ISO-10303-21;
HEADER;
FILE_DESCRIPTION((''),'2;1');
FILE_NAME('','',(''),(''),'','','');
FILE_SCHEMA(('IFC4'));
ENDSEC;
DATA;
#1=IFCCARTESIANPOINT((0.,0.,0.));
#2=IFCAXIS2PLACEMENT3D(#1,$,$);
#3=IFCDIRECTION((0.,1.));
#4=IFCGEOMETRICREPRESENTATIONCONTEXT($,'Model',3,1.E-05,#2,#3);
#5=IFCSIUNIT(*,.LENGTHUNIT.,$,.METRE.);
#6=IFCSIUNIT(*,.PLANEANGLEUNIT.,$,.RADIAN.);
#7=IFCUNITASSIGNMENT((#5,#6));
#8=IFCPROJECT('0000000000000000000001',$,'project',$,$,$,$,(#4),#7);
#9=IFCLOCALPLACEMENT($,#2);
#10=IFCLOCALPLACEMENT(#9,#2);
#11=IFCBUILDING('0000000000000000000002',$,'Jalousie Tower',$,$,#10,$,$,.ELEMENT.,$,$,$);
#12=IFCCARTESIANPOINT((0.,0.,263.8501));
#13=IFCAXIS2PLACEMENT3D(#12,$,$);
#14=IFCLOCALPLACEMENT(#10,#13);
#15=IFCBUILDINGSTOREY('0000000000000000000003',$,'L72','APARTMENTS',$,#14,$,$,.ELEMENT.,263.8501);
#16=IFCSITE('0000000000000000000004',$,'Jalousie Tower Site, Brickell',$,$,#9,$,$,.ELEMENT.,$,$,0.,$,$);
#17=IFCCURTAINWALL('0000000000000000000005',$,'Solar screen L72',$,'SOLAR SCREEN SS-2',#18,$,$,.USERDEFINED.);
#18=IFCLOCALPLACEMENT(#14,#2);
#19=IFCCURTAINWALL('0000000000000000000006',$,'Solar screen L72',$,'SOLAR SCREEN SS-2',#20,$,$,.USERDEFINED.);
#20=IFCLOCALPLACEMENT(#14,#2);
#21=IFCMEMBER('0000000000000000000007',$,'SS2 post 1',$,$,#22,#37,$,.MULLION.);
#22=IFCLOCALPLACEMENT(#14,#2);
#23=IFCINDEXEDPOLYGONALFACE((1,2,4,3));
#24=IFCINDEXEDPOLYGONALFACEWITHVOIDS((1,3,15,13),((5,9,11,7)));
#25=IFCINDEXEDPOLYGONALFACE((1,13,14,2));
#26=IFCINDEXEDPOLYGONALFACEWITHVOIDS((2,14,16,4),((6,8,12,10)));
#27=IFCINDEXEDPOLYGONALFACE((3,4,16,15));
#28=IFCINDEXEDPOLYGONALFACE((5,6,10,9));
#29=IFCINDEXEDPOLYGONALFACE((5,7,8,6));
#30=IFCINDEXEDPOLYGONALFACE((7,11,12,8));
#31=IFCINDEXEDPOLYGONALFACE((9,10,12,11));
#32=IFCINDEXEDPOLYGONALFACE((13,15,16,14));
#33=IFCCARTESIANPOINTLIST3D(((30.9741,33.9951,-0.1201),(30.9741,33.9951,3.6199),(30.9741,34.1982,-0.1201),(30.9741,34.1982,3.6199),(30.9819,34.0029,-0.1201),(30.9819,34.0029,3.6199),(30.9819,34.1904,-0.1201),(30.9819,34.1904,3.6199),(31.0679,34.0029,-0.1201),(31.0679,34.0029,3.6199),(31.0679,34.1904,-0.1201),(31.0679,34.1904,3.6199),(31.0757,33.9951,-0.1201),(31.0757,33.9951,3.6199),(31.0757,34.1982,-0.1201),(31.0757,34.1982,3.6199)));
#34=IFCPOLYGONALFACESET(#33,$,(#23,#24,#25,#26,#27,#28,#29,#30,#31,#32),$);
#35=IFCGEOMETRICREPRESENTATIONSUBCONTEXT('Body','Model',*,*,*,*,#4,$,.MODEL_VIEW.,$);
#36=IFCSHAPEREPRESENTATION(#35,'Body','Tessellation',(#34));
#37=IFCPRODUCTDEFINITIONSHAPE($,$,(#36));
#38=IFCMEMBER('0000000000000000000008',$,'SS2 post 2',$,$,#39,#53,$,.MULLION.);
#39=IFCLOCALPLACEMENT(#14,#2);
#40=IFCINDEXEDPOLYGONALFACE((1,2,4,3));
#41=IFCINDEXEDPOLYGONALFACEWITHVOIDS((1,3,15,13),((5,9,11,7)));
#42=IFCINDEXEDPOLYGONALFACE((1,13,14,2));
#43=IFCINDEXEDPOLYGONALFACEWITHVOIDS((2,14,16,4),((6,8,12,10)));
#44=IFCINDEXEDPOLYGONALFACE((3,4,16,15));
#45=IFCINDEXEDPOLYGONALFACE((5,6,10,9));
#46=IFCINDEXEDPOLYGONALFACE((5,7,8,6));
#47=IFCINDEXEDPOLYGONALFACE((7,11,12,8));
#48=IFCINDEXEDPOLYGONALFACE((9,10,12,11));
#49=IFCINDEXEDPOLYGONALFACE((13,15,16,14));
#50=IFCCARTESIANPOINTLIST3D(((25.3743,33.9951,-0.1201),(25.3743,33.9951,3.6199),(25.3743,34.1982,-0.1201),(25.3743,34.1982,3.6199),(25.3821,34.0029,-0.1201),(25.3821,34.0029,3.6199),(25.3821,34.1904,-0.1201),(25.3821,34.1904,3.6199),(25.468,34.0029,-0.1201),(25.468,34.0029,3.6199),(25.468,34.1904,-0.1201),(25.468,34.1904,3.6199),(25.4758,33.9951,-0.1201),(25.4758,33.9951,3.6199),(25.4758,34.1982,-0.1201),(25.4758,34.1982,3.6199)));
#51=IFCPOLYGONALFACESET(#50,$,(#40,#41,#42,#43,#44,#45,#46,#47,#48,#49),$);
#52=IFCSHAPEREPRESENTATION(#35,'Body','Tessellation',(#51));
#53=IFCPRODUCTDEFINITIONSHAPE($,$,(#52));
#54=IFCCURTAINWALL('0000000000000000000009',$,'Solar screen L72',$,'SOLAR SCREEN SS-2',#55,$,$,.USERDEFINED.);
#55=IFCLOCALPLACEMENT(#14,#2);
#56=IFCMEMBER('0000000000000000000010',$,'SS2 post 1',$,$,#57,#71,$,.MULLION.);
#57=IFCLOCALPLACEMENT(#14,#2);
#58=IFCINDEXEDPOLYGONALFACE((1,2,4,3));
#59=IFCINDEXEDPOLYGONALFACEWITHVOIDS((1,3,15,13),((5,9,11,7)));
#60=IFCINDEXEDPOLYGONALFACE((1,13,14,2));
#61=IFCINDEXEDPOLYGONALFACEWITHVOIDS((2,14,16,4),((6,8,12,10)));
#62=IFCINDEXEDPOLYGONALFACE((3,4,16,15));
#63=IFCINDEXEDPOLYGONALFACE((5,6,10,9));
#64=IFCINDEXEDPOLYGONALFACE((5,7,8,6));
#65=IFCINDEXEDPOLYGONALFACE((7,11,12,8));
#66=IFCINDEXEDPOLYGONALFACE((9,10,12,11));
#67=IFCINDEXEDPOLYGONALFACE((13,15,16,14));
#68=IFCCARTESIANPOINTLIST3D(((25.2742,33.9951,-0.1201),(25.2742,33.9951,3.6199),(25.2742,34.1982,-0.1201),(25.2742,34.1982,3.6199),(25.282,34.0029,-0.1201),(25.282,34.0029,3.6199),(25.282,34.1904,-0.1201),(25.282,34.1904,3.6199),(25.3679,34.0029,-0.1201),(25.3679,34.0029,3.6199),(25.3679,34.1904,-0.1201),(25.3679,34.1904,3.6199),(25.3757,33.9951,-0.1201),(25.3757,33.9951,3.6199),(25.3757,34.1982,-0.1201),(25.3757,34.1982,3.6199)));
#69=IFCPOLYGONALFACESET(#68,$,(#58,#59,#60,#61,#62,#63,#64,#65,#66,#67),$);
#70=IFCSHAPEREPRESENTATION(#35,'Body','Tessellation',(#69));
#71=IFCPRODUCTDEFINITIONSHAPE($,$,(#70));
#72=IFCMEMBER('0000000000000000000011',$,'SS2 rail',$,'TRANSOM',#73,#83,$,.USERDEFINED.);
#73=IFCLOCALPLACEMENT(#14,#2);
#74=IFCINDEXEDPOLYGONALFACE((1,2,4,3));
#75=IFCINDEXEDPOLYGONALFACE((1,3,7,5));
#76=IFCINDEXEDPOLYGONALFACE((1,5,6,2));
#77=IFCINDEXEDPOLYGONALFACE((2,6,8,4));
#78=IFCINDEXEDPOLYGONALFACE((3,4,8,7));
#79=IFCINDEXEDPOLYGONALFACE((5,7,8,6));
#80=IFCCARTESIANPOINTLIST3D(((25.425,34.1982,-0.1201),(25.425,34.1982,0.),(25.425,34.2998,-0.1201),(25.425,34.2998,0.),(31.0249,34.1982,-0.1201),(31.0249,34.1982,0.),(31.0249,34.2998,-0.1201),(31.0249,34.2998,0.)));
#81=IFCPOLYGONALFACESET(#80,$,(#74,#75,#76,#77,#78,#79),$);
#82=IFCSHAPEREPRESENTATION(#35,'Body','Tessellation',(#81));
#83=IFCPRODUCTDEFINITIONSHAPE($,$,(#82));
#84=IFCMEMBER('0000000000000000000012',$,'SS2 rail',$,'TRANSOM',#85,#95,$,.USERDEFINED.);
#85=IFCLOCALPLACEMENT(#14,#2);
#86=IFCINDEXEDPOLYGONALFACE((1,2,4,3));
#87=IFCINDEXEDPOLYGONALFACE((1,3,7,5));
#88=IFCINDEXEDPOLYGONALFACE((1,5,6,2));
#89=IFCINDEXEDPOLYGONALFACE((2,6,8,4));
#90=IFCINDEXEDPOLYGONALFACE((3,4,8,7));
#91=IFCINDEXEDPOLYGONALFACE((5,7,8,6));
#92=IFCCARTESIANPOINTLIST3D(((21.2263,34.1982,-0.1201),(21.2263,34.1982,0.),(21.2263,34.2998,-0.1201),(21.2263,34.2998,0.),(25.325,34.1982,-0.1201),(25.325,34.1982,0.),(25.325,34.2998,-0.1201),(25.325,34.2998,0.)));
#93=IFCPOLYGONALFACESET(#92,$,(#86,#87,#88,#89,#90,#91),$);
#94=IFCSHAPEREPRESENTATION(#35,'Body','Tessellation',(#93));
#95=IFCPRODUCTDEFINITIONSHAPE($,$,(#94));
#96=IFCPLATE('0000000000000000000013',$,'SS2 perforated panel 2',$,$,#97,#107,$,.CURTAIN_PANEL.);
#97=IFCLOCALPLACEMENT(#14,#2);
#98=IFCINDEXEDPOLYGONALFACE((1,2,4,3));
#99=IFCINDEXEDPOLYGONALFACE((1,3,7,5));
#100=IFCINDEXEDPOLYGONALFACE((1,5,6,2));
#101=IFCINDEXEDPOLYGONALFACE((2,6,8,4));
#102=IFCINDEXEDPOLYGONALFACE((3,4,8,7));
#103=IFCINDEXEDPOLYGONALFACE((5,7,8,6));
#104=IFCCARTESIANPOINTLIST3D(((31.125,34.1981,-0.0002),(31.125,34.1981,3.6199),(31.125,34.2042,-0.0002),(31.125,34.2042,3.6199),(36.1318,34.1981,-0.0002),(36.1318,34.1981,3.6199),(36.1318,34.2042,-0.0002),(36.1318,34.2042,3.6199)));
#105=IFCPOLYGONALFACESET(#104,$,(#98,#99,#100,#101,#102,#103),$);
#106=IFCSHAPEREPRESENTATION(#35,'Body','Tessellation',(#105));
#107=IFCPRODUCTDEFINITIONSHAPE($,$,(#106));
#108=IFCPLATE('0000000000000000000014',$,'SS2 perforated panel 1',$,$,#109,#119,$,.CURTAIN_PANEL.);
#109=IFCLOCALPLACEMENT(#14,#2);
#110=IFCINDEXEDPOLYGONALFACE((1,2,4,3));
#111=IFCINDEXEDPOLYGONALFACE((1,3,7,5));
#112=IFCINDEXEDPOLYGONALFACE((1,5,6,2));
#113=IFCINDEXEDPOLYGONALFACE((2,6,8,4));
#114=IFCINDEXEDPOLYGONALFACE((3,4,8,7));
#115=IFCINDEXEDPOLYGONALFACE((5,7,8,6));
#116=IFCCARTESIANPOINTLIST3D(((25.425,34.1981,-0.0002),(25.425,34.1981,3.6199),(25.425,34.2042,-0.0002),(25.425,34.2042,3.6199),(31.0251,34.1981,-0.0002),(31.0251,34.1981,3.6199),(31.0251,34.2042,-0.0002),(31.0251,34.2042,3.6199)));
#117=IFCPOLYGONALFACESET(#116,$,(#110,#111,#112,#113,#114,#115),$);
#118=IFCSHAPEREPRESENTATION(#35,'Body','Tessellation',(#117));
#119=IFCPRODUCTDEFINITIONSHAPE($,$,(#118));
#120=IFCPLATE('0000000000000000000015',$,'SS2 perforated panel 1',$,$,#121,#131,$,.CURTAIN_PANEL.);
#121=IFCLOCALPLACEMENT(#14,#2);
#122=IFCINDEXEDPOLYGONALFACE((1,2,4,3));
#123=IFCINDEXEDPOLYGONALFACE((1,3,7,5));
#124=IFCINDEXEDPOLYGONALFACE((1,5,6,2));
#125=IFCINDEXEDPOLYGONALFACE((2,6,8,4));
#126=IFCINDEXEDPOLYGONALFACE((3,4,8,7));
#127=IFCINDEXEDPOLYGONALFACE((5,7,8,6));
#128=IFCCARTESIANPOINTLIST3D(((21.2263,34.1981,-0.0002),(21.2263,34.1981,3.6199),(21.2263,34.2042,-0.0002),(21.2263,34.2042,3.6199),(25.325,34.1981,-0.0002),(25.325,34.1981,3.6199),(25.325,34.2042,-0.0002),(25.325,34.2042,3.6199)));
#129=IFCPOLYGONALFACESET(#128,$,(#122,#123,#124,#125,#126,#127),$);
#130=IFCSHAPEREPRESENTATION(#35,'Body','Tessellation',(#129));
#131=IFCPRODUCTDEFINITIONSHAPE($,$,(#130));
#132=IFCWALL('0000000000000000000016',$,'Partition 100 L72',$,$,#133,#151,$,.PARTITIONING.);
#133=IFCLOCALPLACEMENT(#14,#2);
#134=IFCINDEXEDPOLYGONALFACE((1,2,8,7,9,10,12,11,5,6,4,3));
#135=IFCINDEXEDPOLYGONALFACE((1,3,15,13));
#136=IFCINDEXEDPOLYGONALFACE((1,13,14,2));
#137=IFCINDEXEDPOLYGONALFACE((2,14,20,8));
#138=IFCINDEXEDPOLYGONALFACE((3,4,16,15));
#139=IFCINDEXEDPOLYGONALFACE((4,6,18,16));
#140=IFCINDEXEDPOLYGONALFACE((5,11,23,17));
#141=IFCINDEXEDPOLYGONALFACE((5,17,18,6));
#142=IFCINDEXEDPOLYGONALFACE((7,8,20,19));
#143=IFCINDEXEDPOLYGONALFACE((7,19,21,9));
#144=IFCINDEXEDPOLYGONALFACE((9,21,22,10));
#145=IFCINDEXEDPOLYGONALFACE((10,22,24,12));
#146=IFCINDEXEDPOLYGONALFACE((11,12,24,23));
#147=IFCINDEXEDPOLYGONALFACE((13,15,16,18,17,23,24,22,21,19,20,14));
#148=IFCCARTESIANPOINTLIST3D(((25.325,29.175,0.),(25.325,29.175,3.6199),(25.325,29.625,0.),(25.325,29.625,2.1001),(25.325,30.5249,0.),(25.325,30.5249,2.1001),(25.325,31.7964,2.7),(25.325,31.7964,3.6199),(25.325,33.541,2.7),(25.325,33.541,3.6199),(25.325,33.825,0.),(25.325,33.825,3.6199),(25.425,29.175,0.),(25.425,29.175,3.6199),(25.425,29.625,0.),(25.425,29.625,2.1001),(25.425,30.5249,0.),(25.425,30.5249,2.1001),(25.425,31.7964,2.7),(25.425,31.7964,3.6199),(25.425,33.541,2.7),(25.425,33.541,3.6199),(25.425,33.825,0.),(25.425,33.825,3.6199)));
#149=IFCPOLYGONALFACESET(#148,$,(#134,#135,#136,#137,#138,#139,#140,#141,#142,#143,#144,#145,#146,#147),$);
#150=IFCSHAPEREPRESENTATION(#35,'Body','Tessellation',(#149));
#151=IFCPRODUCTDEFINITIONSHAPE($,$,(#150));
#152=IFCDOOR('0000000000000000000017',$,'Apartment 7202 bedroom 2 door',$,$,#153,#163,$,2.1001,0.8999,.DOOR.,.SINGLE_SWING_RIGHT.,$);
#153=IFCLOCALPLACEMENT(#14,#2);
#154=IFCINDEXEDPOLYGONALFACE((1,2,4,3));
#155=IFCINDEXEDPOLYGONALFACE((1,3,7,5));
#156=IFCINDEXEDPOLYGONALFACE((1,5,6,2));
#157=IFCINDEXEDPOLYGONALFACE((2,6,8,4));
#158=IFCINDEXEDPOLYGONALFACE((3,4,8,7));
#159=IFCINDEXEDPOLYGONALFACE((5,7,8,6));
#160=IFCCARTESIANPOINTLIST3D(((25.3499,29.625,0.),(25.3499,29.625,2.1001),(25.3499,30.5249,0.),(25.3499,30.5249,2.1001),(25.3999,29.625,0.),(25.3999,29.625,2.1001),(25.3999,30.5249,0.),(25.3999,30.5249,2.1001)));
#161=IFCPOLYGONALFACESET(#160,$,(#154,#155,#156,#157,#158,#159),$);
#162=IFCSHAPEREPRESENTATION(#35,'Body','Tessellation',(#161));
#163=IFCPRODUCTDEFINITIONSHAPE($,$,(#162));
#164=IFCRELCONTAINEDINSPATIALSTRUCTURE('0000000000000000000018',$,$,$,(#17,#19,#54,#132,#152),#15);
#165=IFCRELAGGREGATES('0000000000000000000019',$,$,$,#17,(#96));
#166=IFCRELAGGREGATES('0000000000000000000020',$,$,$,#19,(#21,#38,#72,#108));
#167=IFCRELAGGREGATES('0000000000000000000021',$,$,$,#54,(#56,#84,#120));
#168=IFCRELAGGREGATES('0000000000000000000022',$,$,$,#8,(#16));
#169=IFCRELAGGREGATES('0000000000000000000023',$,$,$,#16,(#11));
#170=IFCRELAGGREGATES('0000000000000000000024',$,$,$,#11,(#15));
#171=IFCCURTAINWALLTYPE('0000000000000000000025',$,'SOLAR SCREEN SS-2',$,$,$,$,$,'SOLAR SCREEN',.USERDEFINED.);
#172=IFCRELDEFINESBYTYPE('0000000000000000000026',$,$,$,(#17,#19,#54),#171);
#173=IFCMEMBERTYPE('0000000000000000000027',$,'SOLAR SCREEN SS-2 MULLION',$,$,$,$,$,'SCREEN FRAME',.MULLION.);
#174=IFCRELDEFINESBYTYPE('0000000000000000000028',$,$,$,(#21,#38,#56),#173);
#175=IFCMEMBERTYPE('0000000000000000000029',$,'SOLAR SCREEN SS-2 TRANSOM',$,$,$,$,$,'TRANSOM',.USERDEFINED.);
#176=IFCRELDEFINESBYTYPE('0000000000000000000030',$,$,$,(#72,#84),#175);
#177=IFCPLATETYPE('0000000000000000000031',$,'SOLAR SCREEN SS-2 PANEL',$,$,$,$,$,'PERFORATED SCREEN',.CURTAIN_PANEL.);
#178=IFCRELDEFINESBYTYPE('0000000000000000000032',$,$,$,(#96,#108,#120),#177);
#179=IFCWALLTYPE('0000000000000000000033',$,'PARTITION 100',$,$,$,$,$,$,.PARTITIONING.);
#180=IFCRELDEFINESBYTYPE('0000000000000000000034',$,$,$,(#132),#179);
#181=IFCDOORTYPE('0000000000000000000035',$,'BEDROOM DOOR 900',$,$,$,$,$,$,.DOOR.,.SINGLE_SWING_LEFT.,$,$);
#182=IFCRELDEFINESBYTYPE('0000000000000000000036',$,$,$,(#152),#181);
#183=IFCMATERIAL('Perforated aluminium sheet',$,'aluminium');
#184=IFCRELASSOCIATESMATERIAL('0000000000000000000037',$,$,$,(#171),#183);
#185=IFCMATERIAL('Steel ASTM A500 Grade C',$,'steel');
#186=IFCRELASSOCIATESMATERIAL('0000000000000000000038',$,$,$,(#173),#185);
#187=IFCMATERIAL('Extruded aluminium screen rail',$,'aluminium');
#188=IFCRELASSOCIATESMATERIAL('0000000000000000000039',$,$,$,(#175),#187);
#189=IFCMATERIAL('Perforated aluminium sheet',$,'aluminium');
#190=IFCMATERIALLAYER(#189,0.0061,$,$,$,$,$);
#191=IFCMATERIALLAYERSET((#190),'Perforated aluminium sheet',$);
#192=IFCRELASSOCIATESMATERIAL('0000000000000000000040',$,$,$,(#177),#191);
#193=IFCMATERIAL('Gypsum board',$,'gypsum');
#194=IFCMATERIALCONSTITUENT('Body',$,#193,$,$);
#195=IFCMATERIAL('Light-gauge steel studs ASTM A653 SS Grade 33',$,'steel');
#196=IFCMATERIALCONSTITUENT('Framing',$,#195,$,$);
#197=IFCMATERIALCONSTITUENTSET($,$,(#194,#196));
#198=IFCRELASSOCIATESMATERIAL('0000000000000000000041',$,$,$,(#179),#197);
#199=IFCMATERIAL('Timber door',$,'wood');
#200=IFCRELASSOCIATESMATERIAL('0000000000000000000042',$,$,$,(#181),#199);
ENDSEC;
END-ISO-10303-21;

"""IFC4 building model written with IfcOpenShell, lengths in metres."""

from ifc_helpers import new_model, si_unit, direction, frame, frame_2d, origin, origin_2d, place, context, subcontext, project, spatial, polyline, rectangle, hollow_rectangle, outline, extrude, material, layer, layer_set, constituent, constituent_set, material_profile, profile_set, type_object, element, fill, aggregate, save


model = new_model("IFC4")

# Units and contexts
model_context = context("Model", 3, precision=1e-05, world=origin(), true_north=direction((0.0, 1.0)))
body_context = subcontext(model_context, "Body", "Model", "MODEL_VIEW")
ifc_project = project(units=[si_unit("LENGTHUNIT", "METRE"), si_unit("PLANEANGLEUNIT", "RADIAN")], contexts=[model_context])

# Site, building, storey
site_placement = place(None, origin())
site = spatial("IfcSite", under=ifc_project, at=site_placement, Name="Jalousie Tower Site, Brickell", CompositionType="ELEMENT", RefElevation=0.0)
building_placement = place(site_placement, origin())
building = spatial("IfcBuilding", under=site, at=building_placement, Name="Jalousie Tower", CompositionType="ELEMENT")
storey_placement = place(building_placement, frame((0.0, 0.0, 263.8501)))
storey = spatial("IfcBuildingStorey", under=building, at=storey_placement, Name="L72", Description="APARTMENTS", CompositionType="ELEMENT", Elevation=263.8501)

# Curtain walls, members
ifc_material_1 = material(Name="Perforated aluminium sheet", Category="aluminium")
curtain_wall_type = type_object("IfcCurtainWallType", Name="SOLAR SCREEN SS-2", ElementType="SOLAR SCREEN", PredefinedType="USERDEFINED", material=ifc_material_1)
curtain_wall_1_placement = place(storey_placement, origin())
curtain_wall_1 = element("IfcCurtainWall", 1, at=curtain_wall_1_placement, inside=storey, type_object=curtain_wall_type, Name="Solar screen L72", ObjectType="SOLAR SCREEN SS-2", PredefinedType="USERDEFINED")
ifc_material_2 = material(Name="Steel ASTM A500 Grade C", Category="steel")
ifc_material_profile_1 = material_profile(ifc_material_2, hollow_rectangle(XDim=0.1016, YDim=0.2031, WallThickness=0.0078, at=origin_2d()), Name="HSS8X4X5/16")
ifc_profile_set_1 = profile_set([ifc_material_profile_1], Name="Steel ASTM A500 Grade C")
member_type_1 = type_object("IfcMemberType", Name="SOLAR SCREEN SS-2 MULLION", ElementType="SCREEN FRAME", PredefinedType="MULLION", material=ifc_profile_set_1)
curtain_wall_2_placement = place(storey_placement, origin())
curtain_wall_2 = element("IfcCurtainWall", 2, at=curtain_wall_2_placement, inside=storey, type_object=curtain_wall_type, Name="Solar screen L72", ObjectType="SOLAR SCREEN SS-2", PredefinedType="USERDEFINED")
member_1_placement = place(storey_placement, frame((31.0249, 34.0967, -0.1201), z_axis=(0.0, 0.0, 1.0), x_axis=(-1.0, 0.0, 0.0)))
member_1 = element("IfcMember", 3, at=member_1_placement, type_object=member_type_1, Name="SS2 post 1", PredefinedType="MULLION", context=body_context, shape_type="SweptSolid", body=[
    extrude(hollow_rectangle(XDim=0.1016, YDim=0.2031, WallThickness=0.0078, at=origin_2d()), origin(), (0.0, 0.0, 1.0), 3.74),
])
member_2_placement = place(storey_placement, frame((25.425, 34.0967, -0.1201), z_axis=(0.0, 0.0, 1.0), x_axis=(-1.0, 0.0, 0.0)))
member_2 = element("IfcMember", 4, at=member_2_placement, type_object=member_type_1, Name="SS2 post 2", PredefinedType="MULLION", context=body_context, shape_type="SweptSolid", body=[
    extrude(hollow_rectangle(XDim=0.1016, YDim=0.2031, WallThickness=0.0078, at=origin_2d()), origin(), (0.0, 0.0, 1.0), 3.74),
])

# Curtain wall, member
curtain_wall_3_placement = place(storey_placement, origin())
curtain_wall_3 = element("IfcCurtainWall", 5, at=curtain_wall_3_placement, inside=storey, type_object=curtain_wall_type, Name="Solar screen L72", ObjectType="SOLAR SCREEN SS-2", PredefinedType="USERDEFINED")
member_3_placement = place(storey_placement, frame((25.325, 34.0967, -0.1201), z_axis=(0.0, 0.0, 1.0), x_axis=(-1.0, 0.0, 0.0)))
member_3 = element("IfcMember", 6, at=member_3_placement, type_object=member_type_1, Name="SS2 post 1", PredefinedType="MULLION", context=body_context, shape_type="SweptSolid", body=[
    extrude(hollow_rectangle(XDim=0.1016, YDim=0.2031, WallThickness=0.0078, at=origin_2d()), origin(), (0.0, 0.0, 1.0), 3.74),
])

# Members
ifc_material_3 = material(Name="Extruded aluminium screen rail", Category="aluminium")
ifc_material_profile_2 = material_profile(ifc_material_3, rectangle(XDim=0.1016, YDim=0.1201, at=origin_2d()), Name="RAIL 102x120")
ifc_profile_set_2 = profile_set([ifc_material_profile_2], Name="Extruded aluminium screen rail")
member_type_2 = type_object("IfcMemberType", Name="SOLAR SCREEN SS-2 TRANSOM", ElementType="TRANSOM", PredefinedType="USERDEFINED", material=ifc_profile_set_2)
member_4_placement = place(storey_placement, frame((31.0249, 34.249, -0.0601), z_axis=(-1.0, 0.0, 0.0), x_axis=(0.0, -1.0, 0.0)))
member_4 = element("IfcMember", 7, at=member_4_placement, type_object=member_type_2, Name="SS2 rail", ObjectType="TRANSOM", PredefinedType="USERDEFINED", context=body_context, shape_type="SweptSolid", body=[
    extrude(rectangle(XDim=0.1016, YDim=0.1201, at=origin_2d()), origin(), (0.0, 0.0, 1.0), 5.5999),
])
member_5_placement = place(storey_placement, frame((25.325, 34.249, -0.0601), z_axis=(-1.0, 0.0, 0.0), x_axis=(0.0, -1.0, 0.0)))
member_5 = element("IfcMember", 8, at=member_5_placement, type_object=member_type_2, Name="SS2 rail", ObjectType="TRANSOM", PredefinedType="USERDEFINED", context=body_context, shape_type="SweptSolid", body=[
    extrude(rectangle(XDim=0.1016, YDim=0.1201, at=origin_2d()), origin(), (0.0, 0.0, 1.0), 4.0986),
])

# Plates
ifc_material_4 = material(Name="Perforated aluminium sheet", Category="aluminium")
ifc_layer = layer(ifc_material_4, 0.0061)
ifc_layer_set = layer_set([ifc_layer], Name="Perforated aluminium sheet")
plate_type = type_object("IfcPlateType", Name="SOLAR SCREEN SS-2 PANEL", ElementType="PERFORATED SCREEN", PredefinedType="CURTAIN_PANEL", material=ifc_layer_set)
plate_1_placement = place(storey_placement, frame((33.6284, 34.2012, -0.0002), z_axis=(0.0, 0.0, 1.0), x_axis=(-1.0, 0.0, 0.0)))
plate_1 = element("IfcPlate", 9, at=plate_1_placement, type_object=plate_type, Name="SS2 perforated panel 2", PredefinedType="CURTAIN_PANEL", context=body_context, shape_type="SweptSolid", body=[
    extrude(rectangle(XDim=5.0068, YDim=0.0061, at=origin_2d()), origin(), (0.0, 0.0, 1.0), 3.6201),
])
aggregate(curtain_wall_1, [plate_1])
plate_2_placement = place(storey_placement, frame((28.2251, 34.2012, -0.0002), z_axis=(0.0, 0.0, 1.0), x_axis=(-1.0, 0.0, 0.0)))
plate_2 = element("IfcPlate", 10, at=plate_2_placement, type_object=plate_type, Name="SS2 perforated panel 1", PredefinedType="CURTAIN_PANEL", context=body_context, shape_type="SweptSolid", body=[
    extrude(rectangle(XDim=5.6001, YDim=0.0061, at=origin_2d()), origin(), (0.0, 0.0, 1.0), 3.6201),
])
aggregate(curtain_wall_2, [member_1, member_2, member_4, plate_2])
plate_3_placement = place(storey_placement, frame((23.2756, 34.2012, -0.0002), z_axis=(0.0, 0.0, 1.0), x_axis=(-1.0, 0.0, 0.0)))
plate_3 = element("IfcPlate", 11, at=plate_3_placement, type_object=plate_type, Name="SS2 perforated panel 1", PredefinedType="CURTAIN_PANEL", context=body_context, shape_type="SweptSolid", body=[
    extrude(rectangle(XDim=4.0986, YDim=0.0061, at=origin_2d()), origin(), (0.0, 0.0, 1.0), 3.6201),
])
aggregate(curtain_wall_3, [member_3, member_5, plate_3])

# Wall, opening, door
ifc_material_5 = material(Name="Gypsum board", Category="gypsum")
ifc_constituent_1 = constituent(ifc_material_5, Name="Body")
ifc_material_6 = material(Name="Light-gauge steel studs ASTM A653 SS Grade 33", Category="steel")
ifc_constituent_2 = constituent(ifc_material_6, Name="Framing")
ifc_constituent_set = constituent_set(constituents=[ifc_constituent_1, ifc_constituent_2])
wall_type = type_object("IfcWallType", Name="PARTITION 100", PredefinedType="PARTITIONING", material=ifc_constituent_set)
wall_1_placement = place(storey_placement, frame((25.375, 33.825, 0.0), z_axis=(0.0, 0.0, 1.0), x_axis=(0.0, -1.0, 0.0)))
wall_1 = element("IfcWall", 12, at=wall_1_placement, inside=storey, type_object=wall_type, Name="Partition 100 L72", PredefinedType="PARTITIONING", context=body_context, shape_type="SweptSolid", body=[
    extrude(outline(polyline([(0.0, 0.0), (4.6499, 0.0), (4.6499, 3.6199), (2.0286, 3.6199), (2.0286, 2.7), (0.2839, 2.7), (0.2839, 3.6199), (0.0, 3.6199), (0.0, 0.0)])), frame((0.0, 0.05, 0.0), z_axis=(0.0, -1.0, 0.0), x_axis=(1.0, 0.0, 0.0)), (0.0, 0.0, 1.0), 0.1001),
])
opening_1_placement = place(wall_1_placement, frame((3.3, 0.0, 0.0)))
opening_1 = element("IfcOpeningElement", 13, at=opening_1_placement, cuts=wall_1, PredefinedType="OPENING", context=body_context, shape_type="SweptSolid", body=[
    extrude(rectangle(XDim=0.8999, YDim=2.1001, at=frame_2d((0.45, 1.05))), frame((0.0, 0.0601, 0.0), z_axis=(0.0, -1.0, 0.0), x_axis=(1.0, 0.0, 0.0)), (0.0, 0.0, 1.0), 0.1201),
])
ifc_material_7 = material(Name="Timber door", Category="wood")
door_type = type_object("IfcDoorType", Name="BEDROOM DOOR 900", OperationType="SINGLE_SWING_LEFT", PredefinedType="DOOR", material=ifc_material_7)
door_1_placement = place(opening_1_placement, origin())
door_1 = element("IfcDoor", 14, at=door_1_placement, inside=storey, type_object=door_type, Name="Apartment 7202 bedroom 2 door", OperationType="SINGLE_SWING_RIGHT", OverallHeight=2.1001, OverallWidth=0.8999, PredefinedType="DOOR", context=body_context, shape_type="SweptSolid", body=[
    extrude(rectangle(XDim=0.8999, YDim=2.1001, at=frame_2d((0.45, 1.05))), frame((0.0, 0.0249, 0.0), z_axis=(0.0, -1.0, 0.0), x_axis=(1.0, 0.0, 0.0)), (0.0, 0.0, 1.0), 0.05),
])
fill(opening_1, door_1)

save(model, "model.ifc")
